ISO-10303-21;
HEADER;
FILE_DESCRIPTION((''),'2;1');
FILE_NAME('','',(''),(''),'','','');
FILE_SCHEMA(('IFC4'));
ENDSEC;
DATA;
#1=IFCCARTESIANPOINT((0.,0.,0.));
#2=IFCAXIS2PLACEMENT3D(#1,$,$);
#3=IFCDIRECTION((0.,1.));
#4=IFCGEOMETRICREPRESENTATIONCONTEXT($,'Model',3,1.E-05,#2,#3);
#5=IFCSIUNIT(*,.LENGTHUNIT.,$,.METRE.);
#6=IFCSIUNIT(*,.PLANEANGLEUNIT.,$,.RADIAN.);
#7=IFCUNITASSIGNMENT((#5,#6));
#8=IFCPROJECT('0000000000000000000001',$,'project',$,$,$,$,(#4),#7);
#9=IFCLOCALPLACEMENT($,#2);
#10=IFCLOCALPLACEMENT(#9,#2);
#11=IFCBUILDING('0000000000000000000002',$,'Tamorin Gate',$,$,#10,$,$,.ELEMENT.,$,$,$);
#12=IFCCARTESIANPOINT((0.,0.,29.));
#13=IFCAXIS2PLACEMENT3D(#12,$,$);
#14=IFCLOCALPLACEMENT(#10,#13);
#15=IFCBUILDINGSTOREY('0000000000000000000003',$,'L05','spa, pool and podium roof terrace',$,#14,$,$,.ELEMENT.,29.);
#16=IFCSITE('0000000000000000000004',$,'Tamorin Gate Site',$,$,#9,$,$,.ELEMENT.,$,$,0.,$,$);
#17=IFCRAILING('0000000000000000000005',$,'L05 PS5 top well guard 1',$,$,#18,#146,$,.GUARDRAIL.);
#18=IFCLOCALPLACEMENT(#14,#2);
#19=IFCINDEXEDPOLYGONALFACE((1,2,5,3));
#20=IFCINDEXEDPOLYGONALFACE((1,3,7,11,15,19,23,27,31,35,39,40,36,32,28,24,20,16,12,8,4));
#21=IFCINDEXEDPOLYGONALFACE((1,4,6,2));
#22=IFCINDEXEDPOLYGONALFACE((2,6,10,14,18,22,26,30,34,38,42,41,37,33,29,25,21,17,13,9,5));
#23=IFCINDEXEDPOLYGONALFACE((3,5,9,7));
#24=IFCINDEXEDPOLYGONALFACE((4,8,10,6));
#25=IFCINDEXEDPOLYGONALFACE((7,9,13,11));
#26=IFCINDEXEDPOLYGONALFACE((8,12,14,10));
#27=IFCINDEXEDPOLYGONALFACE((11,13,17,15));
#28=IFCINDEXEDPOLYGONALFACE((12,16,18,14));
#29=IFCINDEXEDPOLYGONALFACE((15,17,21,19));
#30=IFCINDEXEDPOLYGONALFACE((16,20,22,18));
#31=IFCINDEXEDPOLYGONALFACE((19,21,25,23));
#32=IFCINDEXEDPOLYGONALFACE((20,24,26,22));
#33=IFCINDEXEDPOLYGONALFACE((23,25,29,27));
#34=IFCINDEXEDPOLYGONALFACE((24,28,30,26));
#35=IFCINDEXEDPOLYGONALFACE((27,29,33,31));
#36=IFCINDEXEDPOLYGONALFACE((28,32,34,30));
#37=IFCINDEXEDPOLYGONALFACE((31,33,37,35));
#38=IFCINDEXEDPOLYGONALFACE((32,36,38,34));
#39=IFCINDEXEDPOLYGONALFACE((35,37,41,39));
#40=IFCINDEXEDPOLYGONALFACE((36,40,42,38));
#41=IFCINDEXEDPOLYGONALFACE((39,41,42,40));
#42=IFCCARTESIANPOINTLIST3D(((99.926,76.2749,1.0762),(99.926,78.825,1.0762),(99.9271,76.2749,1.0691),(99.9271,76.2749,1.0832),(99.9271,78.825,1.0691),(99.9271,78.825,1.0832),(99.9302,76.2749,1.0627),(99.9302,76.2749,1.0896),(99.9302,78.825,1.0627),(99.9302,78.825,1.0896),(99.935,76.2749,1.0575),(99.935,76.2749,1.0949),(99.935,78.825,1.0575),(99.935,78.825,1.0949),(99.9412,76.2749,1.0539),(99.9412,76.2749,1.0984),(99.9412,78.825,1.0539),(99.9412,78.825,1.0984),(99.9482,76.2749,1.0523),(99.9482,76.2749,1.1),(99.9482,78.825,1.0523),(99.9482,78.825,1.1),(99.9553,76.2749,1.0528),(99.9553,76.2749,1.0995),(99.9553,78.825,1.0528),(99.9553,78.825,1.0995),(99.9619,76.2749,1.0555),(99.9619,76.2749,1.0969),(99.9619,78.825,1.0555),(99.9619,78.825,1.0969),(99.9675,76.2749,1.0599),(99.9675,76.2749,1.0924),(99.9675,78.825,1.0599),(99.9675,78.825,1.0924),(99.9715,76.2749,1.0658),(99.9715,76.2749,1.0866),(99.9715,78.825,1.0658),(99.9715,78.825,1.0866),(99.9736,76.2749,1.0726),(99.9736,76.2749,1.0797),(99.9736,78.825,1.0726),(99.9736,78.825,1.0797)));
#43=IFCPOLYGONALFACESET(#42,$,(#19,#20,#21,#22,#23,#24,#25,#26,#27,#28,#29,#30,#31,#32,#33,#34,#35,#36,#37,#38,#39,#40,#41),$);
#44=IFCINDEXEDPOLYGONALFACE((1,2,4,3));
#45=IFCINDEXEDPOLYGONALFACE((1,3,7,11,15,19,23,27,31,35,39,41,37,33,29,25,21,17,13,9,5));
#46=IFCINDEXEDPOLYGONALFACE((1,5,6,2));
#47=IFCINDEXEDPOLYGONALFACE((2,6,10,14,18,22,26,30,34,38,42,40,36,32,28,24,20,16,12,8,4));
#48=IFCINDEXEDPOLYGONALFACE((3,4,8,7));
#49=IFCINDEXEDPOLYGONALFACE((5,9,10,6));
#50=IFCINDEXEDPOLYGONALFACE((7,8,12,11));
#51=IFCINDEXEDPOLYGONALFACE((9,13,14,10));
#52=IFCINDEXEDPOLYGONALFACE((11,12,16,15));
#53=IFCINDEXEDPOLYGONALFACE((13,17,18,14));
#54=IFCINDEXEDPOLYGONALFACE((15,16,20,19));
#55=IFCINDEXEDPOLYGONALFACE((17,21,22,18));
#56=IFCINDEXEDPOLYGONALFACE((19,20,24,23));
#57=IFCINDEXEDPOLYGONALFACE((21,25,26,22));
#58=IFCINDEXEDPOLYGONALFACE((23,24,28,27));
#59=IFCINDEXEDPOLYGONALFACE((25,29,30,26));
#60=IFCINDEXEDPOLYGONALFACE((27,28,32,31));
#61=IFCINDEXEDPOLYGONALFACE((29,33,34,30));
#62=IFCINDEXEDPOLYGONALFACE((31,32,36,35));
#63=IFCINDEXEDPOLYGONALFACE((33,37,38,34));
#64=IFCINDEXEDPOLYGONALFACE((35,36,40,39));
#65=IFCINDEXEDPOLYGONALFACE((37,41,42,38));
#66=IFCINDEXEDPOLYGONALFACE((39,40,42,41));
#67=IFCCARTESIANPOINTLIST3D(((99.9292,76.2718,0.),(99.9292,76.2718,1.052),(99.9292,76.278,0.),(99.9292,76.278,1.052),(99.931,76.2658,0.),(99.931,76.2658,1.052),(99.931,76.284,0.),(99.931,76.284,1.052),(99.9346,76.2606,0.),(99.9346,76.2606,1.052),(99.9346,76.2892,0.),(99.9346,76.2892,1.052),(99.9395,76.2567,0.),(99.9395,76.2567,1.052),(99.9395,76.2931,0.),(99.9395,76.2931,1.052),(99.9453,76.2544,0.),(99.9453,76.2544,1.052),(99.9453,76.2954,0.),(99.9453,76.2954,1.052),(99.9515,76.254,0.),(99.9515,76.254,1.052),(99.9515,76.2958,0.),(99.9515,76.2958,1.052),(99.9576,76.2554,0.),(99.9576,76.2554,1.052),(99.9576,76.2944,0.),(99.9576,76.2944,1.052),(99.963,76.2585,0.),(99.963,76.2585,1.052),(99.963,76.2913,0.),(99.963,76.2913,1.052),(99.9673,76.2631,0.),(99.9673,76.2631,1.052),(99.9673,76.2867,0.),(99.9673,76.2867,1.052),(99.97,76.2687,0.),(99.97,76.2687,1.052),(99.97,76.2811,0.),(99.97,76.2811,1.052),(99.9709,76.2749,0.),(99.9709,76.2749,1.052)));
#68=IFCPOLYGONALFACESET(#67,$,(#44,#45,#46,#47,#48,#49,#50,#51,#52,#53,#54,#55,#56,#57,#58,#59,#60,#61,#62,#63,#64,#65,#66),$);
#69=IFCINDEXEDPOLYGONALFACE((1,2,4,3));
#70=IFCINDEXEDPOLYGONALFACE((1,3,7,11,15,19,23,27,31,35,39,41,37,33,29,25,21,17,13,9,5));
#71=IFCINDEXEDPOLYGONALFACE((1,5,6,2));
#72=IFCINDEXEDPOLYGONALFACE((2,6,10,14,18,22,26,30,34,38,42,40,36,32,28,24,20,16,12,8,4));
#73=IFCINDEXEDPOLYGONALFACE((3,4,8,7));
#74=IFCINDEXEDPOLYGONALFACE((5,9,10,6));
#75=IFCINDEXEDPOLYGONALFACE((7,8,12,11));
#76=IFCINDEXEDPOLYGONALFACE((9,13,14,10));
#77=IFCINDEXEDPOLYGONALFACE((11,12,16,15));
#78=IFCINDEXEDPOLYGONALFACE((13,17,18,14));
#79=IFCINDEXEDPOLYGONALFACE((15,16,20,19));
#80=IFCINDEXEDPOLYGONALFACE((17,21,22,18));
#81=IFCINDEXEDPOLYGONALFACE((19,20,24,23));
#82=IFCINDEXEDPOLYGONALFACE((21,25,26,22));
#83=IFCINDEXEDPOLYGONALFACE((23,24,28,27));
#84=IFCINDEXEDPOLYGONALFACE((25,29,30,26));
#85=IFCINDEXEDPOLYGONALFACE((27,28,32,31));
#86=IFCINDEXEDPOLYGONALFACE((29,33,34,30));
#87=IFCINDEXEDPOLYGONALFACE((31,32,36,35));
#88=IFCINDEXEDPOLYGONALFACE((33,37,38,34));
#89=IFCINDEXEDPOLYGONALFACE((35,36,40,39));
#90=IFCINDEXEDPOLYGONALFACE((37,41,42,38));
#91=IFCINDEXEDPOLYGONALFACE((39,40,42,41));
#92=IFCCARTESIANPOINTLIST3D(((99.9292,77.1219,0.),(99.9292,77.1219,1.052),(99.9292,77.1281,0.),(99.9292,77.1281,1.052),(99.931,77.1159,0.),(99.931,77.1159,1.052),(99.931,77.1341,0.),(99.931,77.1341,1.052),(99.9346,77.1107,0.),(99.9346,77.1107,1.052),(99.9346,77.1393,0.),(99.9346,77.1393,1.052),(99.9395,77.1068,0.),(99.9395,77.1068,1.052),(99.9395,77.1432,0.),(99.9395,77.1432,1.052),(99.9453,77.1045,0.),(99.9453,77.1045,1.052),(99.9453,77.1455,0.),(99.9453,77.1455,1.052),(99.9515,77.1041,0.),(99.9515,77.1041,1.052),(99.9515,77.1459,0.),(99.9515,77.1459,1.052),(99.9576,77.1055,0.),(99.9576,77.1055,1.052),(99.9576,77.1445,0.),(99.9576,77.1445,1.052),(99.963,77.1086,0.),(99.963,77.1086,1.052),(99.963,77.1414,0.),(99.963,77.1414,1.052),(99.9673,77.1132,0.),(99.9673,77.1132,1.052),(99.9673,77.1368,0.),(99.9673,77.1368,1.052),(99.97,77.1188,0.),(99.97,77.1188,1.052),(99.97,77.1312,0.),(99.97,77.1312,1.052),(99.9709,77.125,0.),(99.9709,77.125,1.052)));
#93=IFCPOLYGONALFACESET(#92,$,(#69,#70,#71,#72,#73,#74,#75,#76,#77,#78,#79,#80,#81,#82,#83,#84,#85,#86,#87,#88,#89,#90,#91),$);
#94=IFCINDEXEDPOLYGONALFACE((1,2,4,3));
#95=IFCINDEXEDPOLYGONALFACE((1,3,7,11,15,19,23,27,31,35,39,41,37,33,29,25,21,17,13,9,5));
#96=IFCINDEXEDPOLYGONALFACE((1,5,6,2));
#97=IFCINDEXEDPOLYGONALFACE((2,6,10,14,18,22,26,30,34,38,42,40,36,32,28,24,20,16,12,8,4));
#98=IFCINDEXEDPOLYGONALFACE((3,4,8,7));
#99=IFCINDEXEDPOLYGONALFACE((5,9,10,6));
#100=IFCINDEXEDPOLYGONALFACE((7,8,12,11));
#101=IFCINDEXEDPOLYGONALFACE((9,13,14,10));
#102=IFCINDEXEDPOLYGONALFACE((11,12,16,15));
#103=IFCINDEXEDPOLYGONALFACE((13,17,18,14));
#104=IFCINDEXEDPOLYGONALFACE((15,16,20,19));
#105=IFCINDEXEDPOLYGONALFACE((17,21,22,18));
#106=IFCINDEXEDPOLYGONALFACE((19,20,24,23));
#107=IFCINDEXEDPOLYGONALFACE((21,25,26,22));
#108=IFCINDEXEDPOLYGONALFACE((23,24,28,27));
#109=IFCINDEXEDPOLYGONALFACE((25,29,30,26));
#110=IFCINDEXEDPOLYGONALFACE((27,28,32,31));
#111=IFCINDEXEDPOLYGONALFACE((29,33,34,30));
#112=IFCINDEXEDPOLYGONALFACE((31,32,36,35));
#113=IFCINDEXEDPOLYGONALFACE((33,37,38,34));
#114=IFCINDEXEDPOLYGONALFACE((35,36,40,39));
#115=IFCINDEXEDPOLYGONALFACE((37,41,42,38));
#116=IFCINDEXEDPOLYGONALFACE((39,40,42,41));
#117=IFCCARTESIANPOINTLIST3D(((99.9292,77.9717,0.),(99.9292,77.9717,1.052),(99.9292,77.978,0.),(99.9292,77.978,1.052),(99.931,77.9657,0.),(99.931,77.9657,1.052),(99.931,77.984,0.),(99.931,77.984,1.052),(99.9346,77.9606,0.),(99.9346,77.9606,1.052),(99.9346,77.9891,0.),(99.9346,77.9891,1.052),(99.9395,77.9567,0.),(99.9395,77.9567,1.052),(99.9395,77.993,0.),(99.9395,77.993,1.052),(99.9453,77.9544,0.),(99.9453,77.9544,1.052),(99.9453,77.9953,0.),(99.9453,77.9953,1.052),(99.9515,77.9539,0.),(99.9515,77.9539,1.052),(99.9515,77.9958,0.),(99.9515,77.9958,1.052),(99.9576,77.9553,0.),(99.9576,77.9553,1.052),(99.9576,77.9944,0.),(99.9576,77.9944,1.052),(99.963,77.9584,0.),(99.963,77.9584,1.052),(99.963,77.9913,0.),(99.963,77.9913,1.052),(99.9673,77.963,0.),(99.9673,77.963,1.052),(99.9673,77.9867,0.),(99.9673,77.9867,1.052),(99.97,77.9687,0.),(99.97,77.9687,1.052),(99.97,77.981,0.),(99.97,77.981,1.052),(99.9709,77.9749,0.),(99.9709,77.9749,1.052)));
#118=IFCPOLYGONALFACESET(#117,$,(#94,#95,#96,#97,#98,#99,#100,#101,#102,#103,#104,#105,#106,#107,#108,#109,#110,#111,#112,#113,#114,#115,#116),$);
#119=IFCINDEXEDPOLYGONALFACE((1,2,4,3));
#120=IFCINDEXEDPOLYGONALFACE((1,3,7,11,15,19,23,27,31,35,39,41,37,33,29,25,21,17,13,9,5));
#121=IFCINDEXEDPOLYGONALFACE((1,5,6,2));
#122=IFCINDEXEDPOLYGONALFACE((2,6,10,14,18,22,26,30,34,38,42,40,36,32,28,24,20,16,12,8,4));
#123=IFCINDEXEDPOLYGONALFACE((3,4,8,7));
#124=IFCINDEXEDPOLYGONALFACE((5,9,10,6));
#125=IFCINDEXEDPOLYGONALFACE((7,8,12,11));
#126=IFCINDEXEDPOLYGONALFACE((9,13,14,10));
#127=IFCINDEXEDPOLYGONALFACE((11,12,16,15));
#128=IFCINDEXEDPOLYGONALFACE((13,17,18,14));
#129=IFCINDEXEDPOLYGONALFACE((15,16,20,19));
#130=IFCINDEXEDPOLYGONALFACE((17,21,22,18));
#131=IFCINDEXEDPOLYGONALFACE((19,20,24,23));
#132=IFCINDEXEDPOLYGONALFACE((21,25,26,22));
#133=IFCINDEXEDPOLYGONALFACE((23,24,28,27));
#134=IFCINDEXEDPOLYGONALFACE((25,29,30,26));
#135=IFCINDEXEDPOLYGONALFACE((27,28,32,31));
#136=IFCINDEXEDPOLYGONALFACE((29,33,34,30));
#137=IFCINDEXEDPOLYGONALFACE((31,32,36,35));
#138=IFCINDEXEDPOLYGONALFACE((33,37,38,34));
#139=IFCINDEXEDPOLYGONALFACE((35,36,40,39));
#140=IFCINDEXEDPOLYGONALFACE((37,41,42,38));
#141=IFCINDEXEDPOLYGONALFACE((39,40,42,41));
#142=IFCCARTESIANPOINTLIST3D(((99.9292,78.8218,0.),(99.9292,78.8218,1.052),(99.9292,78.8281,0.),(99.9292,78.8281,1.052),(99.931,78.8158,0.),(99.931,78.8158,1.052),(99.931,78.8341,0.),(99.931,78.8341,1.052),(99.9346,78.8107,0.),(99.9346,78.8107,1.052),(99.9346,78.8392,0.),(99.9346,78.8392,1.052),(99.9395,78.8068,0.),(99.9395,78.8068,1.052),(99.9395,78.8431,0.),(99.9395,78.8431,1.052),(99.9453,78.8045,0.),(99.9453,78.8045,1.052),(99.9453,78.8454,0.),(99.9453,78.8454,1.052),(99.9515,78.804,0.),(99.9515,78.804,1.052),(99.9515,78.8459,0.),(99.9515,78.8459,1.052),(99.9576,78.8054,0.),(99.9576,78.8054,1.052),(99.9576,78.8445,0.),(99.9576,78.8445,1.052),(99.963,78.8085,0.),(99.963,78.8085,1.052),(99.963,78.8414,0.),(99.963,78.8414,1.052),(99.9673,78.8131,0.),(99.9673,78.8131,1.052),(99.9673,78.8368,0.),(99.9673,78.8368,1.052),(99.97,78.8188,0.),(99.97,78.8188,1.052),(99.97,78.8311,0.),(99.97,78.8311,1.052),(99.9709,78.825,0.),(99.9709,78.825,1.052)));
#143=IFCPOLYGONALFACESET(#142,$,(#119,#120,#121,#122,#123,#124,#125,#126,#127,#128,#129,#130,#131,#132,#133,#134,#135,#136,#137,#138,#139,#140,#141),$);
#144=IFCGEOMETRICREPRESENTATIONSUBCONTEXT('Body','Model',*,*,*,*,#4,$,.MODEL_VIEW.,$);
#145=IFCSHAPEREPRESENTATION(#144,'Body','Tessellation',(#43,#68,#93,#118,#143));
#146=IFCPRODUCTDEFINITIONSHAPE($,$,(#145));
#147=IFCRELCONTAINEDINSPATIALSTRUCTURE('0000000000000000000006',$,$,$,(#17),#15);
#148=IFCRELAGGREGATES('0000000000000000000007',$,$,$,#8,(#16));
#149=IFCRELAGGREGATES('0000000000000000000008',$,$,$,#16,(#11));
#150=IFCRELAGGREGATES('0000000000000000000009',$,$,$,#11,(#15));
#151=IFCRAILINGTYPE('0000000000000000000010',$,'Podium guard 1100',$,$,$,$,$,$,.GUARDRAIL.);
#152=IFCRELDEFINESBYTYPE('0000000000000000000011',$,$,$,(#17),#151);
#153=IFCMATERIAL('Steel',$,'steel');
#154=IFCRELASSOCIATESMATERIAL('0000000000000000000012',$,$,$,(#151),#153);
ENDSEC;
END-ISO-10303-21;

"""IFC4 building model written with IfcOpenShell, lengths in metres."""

from ifc_helpers import new_model, si_unit, direction, frame, origin, origin_2d, place, context, subcontext, project, spatial, circle, extrude, material, type_object, element, save


model = new_model("IFC4")

# Units and contexts
model_context = context("Model", 3, precision=1e-05, world=origin(), true_north=direction((0.0, 1.0)))
body_context = subcontext(model_context, "Body", "Model", "MODEL_VIEW")
ifc_project = project(units=[si_unit("LENGTHUNIT", "METRE"), si_unit("PLANEANGLEUNIT", "RADIAN")], contexts=[model_context])

# Site, building, storey
site_placement = place(None, origin())
site = spatial("IfcSite", under=ifc_project, at=site_placement, Name="Tamorin Gate Site", CompositionType="ELEMENT", RefElevation=0.0)
building_placement = place(site_placement, origin())
building = spatial("IfcBuilding", under=site, at=building_placement, Name="Tamorin Gate", CompositionType="ELEMENT")
storey_placement = place(building_placement, frame((0.0, 0.0, 29.0)))
storey = spatial("IfcBuildingStorey", under=building, at=storey_placement, Name="L05", Description="spa, pool and podium roof terrace", CompositionType="ELEMENT", Elevation=29.0)

# Railing
ifc_material_1 = material(Name="Steel", Category="steel")
railing_type = type_object("IfcRailingType", Name="Podium guard 1100", PredefinedType="GUARDRAIL", material=ifc_material_1)
railing_placement = place(storey_placement, frame((99.95, 76.2749, 0.0)))
element("IfcRailing", 1, at=railing_placement, inside=storey, type_object=railing_type, Name="L05 PS5 top well guard 1", PredefinedType="GUARDRAIL", context=body_context, shape_type="SweptSolid", body=[
    extrude(circle(Radius=0.0239, at=origin_2d()), frame((0.0, 0.0, 1.0762), z_axis=(0.0, 1.0, 0.0), x_axis=(-1.0, 0.0, 0.0)), (0.0, 0.0, 1.0), 2.55),
    extrude(circle(Radius=0.021, at=origin_2d()), origin(), (0.0, 0.0, 1.0), 1.052),
    extrude(circle(Radius=0.021, at=origin_2d()), frame((0.0, 0.8501, 0.0)), (0.0, 0.0, 1.0), 1.052),
    extrude(circle(Radius=0.021, at=origin_2d()), frame((0.0, 1.7, 0.0)), (0.0, 0.0, 1.0), 1.052),
    extrude(circle(Radius=0.021, at=origin_2d()), frame((0.0, 2.55, 0.0)), (0.0, 0.0, 1.0), 1.052),
])

save(model, "model.ifc")
